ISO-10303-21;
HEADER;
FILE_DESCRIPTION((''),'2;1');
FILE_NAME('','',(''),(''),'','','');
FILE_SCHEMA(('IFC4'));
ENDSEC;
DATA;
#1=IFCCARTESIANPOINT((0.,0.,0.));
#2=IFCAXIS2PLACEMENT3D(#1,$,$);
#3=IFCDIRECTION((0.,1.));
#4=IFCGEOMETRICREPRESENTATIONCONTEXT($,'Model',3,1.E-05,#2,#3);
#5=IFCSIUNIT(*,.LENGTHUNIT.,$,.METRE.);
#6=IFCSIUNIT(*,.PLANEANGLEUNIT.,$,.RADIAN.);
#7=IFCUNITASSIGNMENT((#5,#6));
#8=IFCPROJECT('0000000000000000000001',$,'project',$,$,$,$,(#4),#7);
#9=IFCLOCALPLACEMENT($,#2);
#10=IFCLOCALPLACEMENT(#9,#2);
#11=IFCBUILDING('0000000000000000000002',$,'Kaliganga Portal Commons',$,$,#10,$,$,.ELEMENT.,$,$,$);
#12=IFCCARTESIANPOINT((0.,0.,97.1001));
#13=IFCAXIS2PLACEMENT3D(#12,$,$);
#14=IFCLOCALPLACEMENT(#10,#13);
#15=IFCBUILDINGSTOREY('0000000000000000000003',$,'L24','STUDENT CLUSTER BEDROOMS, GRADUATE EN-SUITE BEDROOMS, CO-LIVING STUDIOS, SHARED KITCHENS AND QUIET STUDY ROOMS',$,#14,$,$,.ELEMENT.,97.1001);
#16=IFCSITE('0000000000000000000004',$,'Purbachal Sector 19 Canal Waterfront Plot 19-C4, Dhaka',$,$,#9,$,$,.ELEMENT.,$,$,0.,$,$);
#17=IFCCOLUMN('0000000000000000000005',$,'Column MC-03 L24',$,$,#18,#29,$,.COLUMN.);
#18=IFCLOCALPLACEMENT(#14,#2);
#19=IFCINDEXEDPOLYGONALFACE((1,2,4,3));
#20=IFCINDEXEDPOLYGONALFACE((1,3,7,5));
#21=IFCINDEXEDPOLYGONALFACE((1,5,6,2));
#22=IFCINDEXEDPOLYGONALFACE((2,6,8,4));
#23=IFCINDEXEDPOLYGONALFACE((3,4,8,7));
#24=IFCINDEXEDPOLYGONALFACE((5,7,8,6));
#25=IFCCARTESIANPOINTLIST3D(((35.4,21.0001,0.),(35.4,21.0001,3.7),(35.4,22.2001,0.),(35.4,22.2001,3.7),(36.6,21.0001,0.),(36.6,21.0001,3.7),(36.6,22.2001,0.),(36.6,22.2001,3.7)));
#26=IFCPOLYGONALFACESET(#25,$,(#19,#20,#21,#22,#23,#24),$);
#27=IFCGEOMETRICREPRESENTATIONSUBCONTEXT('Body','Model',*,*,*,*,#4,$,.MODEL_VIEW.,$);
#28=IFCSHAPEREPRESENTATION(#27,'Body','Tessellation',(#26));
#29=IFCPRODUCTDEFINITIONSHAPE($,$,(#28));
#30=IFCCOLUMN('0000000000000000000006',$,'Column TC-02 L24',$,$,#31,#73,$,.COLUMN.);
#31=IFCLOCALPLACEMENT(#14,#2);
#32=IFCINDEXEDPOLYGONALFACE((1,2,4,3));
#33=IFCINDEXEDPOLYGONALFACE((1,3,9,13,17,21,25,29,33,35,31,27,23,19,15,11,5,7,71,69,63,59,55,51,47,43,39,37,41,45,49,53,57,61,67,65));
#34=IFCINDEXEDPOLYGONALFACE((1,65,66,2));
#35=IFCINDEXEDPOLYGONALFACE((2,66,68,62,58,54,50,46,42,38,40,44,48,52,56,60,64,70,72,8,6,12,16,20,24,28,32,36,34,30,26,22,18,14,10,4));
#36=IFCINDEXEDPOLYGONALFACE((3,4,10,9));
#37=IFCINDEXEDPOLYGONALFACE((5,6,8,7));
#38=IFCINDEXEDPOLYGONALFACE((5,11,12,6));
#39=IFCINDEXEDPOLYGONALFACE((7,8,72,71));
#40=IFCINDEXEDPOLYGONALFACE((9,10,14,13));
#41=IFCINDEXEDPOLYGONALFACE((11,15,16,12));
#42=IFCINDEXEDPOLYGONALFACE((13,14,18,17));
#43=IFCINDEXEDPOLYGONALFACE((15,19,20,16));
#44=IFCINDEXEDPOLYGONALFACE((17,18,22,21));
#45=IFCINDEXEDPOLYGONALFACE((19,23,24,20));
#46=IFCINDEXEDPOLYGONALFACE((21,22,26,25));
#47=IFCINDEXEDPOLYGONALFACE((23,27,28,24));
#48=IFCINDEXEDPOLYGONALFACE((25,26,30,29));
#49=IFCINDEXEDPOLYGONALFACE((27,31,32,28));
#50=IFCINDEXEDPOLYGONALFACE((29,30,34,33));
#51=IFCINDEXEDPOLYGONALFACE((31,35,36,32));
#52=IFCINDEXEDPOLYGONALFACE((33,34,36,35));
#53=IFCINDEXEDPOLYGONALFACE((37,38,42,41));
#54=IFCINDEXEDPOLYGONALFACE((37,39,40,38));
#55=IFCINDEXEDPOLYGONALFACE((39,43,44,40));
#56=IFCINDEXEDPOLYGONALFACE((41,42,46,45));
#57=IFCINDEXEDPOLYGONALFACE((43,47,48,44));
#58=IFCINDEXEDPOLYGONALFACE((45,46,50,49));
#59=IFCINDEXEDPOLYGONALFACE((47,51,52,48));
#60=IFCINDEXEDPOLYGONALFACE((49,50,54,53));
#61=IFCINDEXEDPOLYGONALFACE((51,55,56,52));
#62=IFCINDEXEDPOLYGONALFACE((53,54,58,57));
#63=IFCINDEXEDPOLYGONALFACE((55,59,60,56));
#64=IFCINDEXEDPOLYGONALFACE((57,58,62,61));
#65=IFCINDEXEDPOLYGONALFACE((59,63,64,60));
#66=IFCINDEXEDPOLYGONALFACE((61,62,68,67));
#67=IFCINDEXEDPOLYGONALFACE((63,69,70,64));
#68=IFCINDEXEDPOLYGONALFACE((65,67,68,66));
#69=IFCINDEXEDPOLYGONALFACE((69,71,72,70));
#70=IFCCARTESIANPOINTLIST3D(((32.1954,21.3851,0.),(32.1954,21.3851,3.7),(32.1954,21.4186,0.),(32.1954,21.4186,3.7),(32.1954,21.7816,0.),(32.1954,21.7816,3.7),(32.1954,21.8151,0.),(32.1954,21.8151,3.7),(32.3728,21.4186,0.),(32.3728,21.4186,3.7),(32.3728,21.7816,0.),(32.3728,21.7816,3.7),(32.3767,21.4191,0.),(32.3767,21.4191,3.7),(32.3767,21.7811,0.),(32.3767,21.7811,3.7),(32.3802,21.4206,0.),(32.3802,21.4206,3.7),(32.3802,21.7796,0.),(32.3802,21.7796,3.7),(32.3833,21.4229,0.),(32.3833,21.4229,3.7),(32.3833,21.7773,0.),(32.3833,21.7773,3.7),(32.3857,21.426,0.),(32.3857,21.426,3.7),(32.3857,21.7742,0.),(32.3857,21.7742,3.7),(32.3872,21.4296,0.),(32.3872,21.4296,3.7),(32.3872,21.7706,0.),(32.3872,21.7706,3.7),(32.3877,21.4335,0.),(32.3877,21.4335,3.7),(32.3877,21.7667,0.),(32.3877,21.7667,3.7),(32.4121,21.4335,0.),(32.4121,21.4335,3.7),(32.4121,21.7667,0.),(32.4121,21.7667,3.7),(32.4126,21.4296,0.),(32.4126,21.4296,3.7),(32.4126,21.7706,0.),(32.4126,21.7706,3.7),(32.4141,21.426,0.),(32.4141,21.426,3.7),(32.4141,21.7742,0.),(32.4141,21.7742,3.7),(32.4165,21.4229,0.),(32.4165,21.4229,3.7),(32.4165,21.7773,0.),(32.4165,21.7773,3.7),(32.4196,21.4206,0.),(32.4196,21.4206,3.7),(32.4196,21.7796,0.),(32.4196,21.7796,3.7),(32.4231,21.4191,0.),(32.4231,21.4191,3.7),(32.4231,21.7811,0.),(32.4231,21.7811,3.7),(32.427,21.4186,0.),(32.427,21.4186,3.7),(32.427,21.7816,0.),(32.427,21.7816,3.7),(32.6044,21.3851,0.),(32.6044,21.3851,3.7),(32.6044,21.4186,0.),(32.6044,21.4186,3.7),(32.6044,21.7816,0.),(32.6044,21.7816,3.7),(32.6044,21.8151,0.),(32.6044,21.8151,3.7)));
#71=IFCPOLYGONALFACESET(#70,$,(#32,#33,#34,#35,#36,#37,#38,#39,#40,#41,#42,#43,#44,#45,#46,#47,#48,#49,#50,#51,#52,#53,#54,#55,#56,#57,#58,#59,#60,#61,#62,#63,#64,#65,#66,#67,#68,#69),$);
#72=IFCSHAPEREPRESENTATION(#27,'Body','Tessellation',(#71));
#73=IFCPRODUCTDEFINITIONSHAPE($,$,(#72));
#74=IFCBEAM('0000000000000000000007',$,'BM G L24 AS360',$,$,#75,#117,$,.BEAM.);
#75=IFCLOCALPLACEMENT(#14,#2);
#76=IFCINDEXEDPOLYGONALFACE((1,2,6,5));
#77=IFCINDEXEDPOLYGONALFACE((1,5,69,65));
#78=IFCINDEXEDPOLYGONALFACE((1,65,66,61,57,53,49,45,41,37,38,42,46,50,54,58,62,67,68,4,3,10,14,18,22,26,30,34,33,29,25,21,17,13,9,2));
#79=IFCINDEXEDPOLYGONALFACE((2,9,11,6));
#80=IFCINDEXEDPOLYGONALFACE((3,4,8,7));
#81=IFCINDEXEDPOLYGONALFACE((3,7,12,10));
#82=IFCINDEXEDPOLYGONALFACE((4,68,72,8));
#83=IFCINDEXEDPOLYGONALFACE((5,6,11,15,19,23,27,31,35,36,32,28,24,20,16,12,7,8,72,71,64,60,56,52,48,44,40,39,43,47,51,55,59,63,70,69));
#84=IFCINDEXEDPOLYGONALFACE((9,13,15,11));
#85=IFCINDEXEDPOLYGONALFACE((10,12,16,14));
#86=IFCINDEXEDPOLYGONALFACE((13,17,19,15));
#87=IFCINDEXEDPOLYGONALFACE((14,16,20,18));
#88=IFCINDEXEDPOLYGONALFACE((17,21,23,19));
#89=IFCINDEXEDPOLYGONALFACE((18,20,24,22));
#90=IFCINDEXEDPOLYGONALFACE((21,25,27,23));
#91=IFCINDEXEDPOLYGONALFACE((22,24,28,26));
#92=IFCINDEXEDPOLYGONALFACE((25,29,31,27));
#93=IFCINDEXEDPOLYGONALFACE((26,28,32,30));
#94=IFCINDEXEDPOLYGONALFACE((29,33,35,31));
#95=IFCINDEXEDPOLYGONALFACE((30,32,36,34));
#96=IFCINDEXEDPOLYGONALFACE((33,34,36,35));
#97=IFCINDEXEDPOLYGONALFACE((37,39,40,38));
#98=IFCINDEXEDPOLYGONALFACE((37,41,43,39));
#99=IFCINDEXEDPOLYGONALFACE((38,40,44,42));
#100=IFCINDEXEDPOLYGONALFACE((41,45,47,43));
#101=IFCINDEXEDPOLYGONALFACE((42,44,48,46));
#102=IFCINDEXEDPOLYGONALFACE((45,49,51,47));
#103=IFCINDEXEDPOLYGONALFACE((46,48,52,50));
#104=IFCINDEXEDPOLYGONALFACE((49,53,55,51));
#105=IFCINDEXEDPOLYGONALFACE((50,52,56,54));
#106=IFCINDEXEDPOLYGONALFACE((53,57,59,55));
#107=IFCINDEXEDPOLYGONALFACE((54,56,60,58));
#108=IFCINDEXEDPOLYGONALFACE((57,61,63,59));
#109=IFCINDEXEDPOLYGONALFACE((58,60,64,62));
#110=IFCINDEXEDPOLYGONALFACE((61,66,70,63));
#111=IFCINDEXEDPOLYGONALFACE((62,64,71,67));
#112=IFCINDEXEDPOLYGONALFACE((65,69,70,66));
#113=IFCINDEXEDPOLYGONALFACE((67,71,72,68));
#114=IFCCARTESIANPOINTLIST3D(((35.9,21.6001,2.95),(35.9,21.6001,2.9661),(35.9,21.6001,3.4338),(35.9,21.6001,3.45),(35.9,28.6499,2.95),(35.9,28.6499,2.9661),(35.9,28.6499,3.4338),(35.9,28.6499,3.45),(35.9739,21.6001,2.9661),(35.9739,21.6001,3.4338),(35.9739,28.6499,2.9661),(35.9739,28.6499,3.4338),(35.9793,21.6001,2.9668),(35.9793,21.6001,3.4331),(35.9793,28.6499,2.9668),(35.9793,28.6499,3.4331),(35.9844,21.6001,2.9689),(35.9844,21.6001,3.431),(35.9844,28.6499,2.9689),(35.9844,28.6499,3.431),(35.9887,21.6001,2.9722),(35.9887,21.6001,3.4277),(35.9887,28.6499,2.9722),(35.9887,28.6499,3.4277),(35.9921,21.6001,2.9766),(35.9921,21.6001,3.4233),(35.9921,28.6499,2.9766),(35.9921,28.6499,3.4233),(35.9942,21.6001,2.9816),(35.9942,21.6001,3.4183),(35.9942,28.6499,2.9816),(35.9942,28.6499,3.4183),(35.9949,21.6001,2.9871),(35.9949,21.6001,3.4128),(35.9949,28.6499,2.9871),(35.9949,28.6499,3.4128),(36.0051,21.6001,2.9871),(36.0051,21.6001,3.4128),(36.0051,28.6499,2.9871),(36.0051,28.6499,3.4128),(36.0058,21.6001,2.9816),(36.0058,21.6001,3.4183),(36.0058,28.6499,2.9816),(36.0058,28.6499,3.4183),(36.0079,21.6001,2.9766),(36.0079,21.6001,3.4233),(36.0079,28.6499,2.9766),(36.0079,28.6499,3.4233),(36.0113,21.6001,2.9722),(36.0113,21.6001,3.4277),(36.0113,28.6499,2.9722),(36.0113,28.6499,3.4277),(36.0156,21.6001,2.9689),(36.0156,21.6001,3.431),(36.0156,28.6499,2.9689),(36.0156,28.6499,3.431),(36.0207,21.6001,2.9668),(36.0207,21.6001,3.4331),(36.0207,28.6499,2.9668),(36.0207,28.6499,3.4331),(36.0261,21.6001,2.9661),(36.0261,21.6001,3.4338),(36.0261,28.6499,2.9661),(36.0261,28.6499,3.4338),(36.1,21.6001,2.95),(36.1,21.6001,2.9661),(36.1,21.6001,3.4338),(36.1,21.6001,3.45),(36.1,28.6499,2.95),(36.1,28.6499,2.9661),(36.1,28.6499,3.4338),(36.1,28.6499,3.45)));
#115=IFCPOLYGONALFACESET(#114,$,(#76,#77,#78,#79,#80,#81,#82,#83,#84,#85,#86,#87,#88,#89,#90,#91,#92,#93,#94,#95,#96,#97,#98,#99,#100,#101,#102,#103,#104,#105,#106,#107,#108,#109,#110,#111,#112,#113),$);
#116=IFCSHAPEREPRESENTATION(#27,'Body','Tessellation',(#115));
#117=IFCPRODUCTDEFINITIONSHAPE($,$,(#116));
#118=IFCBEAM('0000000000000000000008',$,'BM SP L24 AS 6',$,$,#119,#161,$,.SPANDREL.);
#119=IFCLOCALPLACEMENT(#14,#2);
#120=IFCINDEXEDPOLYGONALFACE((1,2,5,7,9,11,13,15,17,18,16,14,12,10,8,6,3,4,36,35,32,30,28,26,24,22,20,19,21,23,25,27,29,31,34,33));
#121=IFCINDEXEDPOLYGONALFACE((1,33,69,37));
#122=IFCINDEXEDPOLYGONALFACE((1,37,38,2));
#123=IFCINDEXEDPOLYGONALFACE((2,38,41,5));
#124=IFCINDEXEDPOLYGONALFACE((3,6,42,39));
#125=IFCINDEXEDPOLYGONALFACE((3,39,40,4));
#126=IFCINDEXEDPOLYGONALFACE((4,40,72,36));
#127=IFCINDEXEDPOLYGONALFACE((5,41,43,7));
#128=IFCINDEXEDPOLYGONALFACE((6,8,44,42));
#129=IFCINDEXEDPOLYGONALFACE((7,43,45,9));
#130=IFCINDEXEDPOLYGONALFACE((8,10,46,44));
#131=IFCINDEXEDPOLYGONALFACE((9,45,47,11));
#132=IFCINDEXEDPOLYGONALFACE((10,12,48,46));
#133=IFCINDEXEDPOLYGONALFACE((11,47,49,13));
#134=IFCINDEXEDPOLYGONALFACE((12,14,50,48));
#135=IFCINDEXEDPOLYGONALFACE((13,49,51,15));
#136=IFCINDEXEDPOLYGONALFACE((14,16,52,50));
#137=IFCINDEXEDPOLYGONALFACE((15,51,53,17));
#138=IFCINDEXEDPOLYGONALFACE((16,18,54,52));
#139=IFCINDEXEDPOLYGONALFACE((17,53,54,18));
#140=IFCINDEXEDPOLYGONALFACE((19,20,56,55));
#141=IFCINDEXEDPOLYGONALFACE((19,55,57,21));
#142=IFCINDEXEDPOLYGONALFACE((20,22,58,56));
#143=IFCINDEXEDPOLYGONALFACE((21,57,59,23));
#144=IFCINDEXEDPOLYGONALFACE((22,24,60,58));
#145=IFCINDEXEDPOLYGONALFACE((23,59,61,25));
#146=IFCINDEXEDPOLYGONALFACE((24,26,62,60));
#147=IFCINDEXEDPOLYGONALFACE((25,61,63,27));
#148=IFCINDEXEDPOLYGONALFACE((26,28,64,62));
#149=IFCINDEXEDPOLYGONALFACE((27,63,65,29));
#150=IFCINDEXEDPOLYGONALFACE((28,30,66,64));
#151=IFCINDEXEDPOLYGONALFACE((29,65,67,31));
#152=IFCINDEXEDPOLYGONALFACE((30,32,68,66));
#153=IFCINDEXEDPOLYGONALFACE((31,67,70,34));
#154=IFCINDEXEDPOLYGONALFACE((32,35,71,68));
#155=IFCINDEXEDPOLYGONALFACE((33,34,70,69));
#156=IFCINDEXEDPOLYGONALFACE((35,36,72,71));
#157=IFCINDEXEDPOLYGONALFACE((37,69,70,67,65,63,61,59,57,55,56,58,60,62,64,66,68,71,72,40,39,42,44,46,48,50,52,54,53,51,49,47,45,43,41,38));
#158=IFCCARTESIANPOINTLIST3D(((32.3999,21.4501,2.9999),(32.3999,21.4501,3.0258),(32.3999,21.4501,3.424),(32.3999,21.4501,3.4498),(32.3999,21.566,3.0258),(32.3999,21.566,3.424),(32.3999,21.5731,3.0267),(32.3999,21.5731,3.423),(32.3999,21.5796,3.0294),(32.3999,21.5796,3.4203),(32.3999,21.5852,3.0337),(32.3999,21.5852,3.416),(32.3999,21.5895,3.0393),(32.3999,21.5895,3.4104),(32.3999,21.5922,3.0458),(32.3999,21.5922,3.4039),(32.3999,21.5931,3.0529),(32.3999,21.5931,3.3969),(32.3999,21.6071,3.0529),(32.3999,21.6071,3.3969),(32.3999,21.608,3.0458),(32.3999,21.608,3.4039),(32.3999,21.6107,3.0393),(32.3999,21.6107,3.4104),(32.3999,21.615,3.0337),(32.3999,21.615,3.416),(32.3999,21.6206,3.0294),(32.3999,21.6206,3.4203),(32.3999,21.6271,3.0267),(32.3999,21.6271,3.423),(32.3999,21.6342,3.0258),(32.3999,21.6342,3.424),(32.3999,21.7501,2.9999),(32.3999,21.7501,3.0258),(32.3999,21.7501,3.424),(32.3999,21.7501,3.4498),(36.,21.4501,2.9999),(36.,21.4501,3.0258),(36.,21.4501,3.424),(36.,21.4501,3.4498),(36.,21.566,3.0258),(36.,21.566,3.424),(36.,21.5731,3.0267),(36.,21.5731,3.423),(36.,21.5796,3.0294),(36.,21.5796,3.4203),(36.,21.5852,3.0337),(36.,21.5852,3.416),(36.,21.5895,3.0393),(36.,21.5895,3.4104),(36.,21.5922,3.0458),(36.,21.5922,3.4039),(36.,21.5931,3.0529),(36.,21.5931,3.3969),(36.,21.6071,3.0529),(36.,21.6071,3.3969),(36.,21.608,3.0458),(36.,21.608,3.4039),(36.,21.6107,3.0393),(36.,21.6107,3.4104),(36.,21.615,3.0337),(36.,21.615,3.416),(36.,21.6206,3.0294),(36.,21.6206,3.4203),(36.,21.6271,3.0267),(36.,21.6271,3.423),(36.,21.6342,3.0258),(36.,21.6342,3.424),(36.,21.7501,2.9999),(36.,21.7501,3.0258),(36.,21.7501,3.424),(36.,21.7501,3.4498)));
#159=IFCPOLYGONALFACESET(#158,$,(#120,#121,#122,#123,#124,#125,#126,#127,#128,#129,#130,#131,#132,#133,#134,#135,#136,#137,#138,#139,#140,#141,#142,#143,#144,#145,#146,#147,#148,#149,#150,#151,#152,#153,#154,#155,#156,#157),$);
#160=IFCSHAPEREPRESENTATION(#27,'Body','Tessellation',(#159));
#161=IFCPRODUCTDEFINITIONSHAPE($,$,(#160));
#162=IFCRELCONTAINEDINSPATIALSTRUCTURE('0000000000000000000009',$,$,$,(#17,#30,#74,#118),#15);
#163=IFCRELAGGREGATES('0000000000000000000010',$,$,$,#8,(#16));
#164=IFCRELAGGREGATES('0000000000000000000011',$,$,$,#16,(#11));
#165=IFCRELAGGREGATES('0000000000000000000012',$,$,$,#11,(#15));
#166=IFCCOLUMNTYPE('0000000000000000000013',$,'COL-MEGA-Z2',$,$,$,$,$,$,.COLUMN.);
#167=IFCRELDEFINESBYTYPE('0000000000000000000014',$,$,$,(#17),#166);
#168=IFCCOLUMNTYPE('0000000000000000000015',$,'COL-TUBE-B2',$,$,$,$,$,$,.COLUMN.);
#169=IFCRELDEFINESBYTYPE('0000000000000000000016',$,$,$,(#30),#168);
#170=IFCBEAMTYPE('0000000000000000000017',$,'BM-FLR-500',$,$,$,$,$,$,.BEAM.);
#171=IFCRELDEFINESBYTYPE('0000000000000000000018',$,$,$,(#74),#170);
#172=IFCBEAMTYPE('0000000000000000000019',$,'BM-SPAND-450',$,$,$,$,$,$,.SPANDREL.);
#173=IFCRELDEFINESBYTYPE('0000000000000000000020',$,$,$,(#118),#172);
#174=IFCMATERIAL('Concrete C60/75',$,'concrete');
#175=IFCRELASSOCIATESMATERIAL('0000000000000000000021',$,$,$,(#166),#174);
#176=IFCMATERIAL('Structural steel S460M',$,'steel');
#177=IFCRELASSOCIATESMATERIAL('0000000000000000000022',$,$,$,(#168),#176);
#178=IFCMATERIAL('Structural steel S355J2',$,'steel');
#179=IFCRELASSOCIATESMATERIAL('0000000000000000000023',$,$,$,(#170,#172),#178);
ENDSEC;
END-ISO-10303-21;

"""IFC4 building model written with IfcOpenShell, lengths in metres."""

from ifc_helpers import new_model, si_unit, direction, frame, origin, origin_2d, place, context, subcontext, project, spatial, rectangle, i_section, extrude, source, transform, mapped, material, material_profile, profile_set, type_object, element, save


model = new_model("IFC4")

# Units and contexts
model_context = context("Model", 3, precision=1e-05, world=origin(), true_north=direction((0.0, 1.0)))
body_context = subcontext(model_context, "Body", "Model", "MODEL_VIEW")
ifc_project = project(units=[si_unit("LENGTHUNIT", "METRE"), si_unit("PLANEANGLEUNIT", "RADIAN")], contexts=[model_context])

# Site, building, storey
site_placement = place(None, origin())
site = spatial("IfcSite", under=ifc_project, at=site_placement, Name="Purbachal Sector 19 Canal Waterfront Plot 19-C4, Dhaka", CompositionType="ELEMENT", RefElevation=0.0)
building_placement = place(site_placement, origin())
building = spatial("IfcBuilding", under=site, at=building_placement, Name="Kaliganga Portal Commons", CompositionType="ELEMENT")
storey_placement = place(building_placement, frame((0.0, 0.0, 97.1001)))
storey = spatial("IfcBuildingStorey", under=building, at=storey_placement, Name="L24", Description="STUDENT CLUSTER BEDROOMS, GRADUATE EN-SUITE BEDROOMS, CO-LIVING STUDIOS, SHARED KITCHENS AND QUIET STUDY ROOMS", CompositionType="ELEMENT", Elevation=97.1001)

# Columns
ifc_material_1 = material(Name="Concrete C60/75", Category="concrete")
ifc_material_profile_1 = material_profile(ifc_material_1, rectangle(XDim=1.2, YDim=1.2, at=origin_2d()), Name="RC 1200x1200")
ifc_profile_set_1 = profile_set([ifc_material_profile_1], Name="Concrete C60/75")
column_type_1 = type_object("IfcColumnType", Name="COL-MEGA-Z2", PredefinedType="COLUMN", material=ifc_profile_set_1)
shared_shape_1 = source(origin(), body_context, "Body", "SweptSolid", [
    extrude(rectangle(XDim=1.2, YDim=1.2, at=origin_2d()), origin(), (0.0, 0.0, 1.0), 3.7),
])
column_1_placement = place(storey_placement, frame((36.0, 21.6001, 0.0), z_axis=(0.0, 0.0, 1.0), x_axis=(1.0, 0.0, 0.0)))
element("IfcColumn", 1, at=column_1_placement, inside=storey, type_object=column_type_1, Name="Column MC-03 L24", PredefinedType="COLUMN", context=body_context, shape_type="MappedRepresentation", body=[
    mapped(shared_shape_1, transform((0.0, 0.0, 0.0), x_axis=(1.0, 0.0, 0.0), y_axis=(0.0, 1.0, 0.0), z_axis=(0.0, 0.0, 1.0), scale=1.0)),
])
ifc_material_2 = material(Name="Structural steel S460M", Category="steel")
ifc_material_profile_2 = material_profile(ifc_material_2, i_section(OverallWidth=0.4089, OverallDepth=0.4299, WebThickness=0.0244, FlangeThickness=0.0334, FilletRadius=0.0149, at=origin_2d()), Name="HD 400x421")
ifc_profile_set_2 = profile_set([ifc_material_profile_2], Name="Structural steel S460M wide-flange")
column_type_2 = type_object("IfcColumnType", Name="COL-TUBE-B2", PredefinedType="COLUMN", material=ifc_profile_set_2)
shared_shape_2 = source(origin(), body_context, "Body", "SweptSolid", [
    extrude(i_section(OverallWidth=0.4089, OverallDepth=0.4299, WebThickness=0.0244, FlangeThickness=0.0334, FilletRadius=0.0149, at=origin_2d()), origin(), (0.0, 0.0, 1.0), 3.7),
])
column_2_placement = place(storey_placement, frame((32.3999, 21.6001, 0.0), z_axis=(0.0, 0.0, 1.0), x_axis=(1.0, 0.0, 0.0)))
element("IfcColumn", 2, at=column_2_placement, inside=storey, type_object=column_type_2, Name="Column TC-02 L24", PredefinedType="COLUMN", context=body_context, shape_type="MappedRepresentation", body=[
    mapped(shared_shape_2, transform((0.0, 0.0, 0.0), x_axis=(1.0, 0.0, 0.0), y_axis=(0.0, 1.0, 0.0), z_axis=(0.0, 0.0, 1.0), scale=1.0)),
])

# Beams
ifc_material_3 = material(Name="Structural steel S355J2", Category="steel")
ifc_material_profile_3 = material_profile(ifc_material_3, i_section(OverallWidth=0.2, OverallDepth=0.5, WebThickness=0.0103, FlangeThickness=0.0161, FilletRadius=0.021, at=origin_2d()), Name="IPE 500")
ifc_profile_set_3 = profile_set([ifc_material_profile_3], Name="Structural steel S355J2 wide-flange")
beam_type_1 = type_object("IfcBeamType", Name="BM-FLR-500", PredefinedType="BEAM", material=ifc_profile_set_3)
shared_shape_3 = source(origin(), body_context, "Body", "SweptSolid", [
    extrude(i_section(OverallWidth=0.2, OverallDepth=0.5, WebThickness=0.0103, FlangeThickness=0.0161, FilletRadius=0.021, at=origin_2d()), origin(), (0.0, 0.0, 1.0), 7.0498),
])
beam_1_placement = place(storey_placement, frame((36.0, 21.6001, 3.2), z_axis=(0.0, 1.0, 0.0), x_axis=(-1.0, 0.0, 0.0)))
element("IfcBeam", 3, at=beam_1_placement, inside=storey, type_object=beam_type_1, Name="BM G L24 AS360", PredefinedType="BEAM", context=body_context, shape_type="MappedRepresentation", body=[
    mapped(shared_shape_3, transform((0.0, 0.0, 0.0), x_axis=(1.0, 0.0, 0.0), y_axis=(0.0, 1.0, 0.0), z_axis=(0.0, 0.0, 1.0), scale=1.0)),
])
ifc_material_profile_4 = material_profile(ifc_material_3, i_section(OverallWidth=0.3, OverallDepth=0.45, WebThickness=0.0139, FlangeThickness=0.0259, FilletRadius=0.0271, at=origin_2d()), Name="HE 450 B")
ifc_profile_set_4 = profile_set([ifc_material_profile_4], Name="Structural steel S355J2 wide-flange")
beam_type_2 = type_object("IfcBeamType", Name="BM-SPAND-450", PredefinedType="SPANDREL", material=ifc_profile_set_4)
shared_shape_4 = source(origin(), body_context, "Body", "SweptSolid", [
    extrude(i_section(OverallWidth=0.3, OverallDepth=0.45, WebThickness=0.0139, FlangeThickness=0.0259, FilletRadius=0.0271, at=origin_2d()), origin(), (0.0, 0.0, 1.0), 3.6001),
])
beam_2_placement = place(storey_placement, frame((32.3999, 21.6001, 3.2249), z_axis=(1.0, 0.0, 0.0), x_axis=(0.0, 1.0, 0.0)))
element("IfcBeam", 4, at=beam_2_placement, inside=storey, type_object=beam_type_2, Name="BM SP L24 AS 6", PredefinedType="SPANDREL", context=body_context, shape_type="MappedRepresentation", body=[
    mapped(shared_shape_4, transform((0.0, 0.0, 0.0), x_axis=(1.0, 0.0, 0.0), y_axis=(0.0, 1.0, 0.0), z_axis=(0.0, 0.0, 1.0), scale=1.0)),
])

save(model, "model.ifc")
